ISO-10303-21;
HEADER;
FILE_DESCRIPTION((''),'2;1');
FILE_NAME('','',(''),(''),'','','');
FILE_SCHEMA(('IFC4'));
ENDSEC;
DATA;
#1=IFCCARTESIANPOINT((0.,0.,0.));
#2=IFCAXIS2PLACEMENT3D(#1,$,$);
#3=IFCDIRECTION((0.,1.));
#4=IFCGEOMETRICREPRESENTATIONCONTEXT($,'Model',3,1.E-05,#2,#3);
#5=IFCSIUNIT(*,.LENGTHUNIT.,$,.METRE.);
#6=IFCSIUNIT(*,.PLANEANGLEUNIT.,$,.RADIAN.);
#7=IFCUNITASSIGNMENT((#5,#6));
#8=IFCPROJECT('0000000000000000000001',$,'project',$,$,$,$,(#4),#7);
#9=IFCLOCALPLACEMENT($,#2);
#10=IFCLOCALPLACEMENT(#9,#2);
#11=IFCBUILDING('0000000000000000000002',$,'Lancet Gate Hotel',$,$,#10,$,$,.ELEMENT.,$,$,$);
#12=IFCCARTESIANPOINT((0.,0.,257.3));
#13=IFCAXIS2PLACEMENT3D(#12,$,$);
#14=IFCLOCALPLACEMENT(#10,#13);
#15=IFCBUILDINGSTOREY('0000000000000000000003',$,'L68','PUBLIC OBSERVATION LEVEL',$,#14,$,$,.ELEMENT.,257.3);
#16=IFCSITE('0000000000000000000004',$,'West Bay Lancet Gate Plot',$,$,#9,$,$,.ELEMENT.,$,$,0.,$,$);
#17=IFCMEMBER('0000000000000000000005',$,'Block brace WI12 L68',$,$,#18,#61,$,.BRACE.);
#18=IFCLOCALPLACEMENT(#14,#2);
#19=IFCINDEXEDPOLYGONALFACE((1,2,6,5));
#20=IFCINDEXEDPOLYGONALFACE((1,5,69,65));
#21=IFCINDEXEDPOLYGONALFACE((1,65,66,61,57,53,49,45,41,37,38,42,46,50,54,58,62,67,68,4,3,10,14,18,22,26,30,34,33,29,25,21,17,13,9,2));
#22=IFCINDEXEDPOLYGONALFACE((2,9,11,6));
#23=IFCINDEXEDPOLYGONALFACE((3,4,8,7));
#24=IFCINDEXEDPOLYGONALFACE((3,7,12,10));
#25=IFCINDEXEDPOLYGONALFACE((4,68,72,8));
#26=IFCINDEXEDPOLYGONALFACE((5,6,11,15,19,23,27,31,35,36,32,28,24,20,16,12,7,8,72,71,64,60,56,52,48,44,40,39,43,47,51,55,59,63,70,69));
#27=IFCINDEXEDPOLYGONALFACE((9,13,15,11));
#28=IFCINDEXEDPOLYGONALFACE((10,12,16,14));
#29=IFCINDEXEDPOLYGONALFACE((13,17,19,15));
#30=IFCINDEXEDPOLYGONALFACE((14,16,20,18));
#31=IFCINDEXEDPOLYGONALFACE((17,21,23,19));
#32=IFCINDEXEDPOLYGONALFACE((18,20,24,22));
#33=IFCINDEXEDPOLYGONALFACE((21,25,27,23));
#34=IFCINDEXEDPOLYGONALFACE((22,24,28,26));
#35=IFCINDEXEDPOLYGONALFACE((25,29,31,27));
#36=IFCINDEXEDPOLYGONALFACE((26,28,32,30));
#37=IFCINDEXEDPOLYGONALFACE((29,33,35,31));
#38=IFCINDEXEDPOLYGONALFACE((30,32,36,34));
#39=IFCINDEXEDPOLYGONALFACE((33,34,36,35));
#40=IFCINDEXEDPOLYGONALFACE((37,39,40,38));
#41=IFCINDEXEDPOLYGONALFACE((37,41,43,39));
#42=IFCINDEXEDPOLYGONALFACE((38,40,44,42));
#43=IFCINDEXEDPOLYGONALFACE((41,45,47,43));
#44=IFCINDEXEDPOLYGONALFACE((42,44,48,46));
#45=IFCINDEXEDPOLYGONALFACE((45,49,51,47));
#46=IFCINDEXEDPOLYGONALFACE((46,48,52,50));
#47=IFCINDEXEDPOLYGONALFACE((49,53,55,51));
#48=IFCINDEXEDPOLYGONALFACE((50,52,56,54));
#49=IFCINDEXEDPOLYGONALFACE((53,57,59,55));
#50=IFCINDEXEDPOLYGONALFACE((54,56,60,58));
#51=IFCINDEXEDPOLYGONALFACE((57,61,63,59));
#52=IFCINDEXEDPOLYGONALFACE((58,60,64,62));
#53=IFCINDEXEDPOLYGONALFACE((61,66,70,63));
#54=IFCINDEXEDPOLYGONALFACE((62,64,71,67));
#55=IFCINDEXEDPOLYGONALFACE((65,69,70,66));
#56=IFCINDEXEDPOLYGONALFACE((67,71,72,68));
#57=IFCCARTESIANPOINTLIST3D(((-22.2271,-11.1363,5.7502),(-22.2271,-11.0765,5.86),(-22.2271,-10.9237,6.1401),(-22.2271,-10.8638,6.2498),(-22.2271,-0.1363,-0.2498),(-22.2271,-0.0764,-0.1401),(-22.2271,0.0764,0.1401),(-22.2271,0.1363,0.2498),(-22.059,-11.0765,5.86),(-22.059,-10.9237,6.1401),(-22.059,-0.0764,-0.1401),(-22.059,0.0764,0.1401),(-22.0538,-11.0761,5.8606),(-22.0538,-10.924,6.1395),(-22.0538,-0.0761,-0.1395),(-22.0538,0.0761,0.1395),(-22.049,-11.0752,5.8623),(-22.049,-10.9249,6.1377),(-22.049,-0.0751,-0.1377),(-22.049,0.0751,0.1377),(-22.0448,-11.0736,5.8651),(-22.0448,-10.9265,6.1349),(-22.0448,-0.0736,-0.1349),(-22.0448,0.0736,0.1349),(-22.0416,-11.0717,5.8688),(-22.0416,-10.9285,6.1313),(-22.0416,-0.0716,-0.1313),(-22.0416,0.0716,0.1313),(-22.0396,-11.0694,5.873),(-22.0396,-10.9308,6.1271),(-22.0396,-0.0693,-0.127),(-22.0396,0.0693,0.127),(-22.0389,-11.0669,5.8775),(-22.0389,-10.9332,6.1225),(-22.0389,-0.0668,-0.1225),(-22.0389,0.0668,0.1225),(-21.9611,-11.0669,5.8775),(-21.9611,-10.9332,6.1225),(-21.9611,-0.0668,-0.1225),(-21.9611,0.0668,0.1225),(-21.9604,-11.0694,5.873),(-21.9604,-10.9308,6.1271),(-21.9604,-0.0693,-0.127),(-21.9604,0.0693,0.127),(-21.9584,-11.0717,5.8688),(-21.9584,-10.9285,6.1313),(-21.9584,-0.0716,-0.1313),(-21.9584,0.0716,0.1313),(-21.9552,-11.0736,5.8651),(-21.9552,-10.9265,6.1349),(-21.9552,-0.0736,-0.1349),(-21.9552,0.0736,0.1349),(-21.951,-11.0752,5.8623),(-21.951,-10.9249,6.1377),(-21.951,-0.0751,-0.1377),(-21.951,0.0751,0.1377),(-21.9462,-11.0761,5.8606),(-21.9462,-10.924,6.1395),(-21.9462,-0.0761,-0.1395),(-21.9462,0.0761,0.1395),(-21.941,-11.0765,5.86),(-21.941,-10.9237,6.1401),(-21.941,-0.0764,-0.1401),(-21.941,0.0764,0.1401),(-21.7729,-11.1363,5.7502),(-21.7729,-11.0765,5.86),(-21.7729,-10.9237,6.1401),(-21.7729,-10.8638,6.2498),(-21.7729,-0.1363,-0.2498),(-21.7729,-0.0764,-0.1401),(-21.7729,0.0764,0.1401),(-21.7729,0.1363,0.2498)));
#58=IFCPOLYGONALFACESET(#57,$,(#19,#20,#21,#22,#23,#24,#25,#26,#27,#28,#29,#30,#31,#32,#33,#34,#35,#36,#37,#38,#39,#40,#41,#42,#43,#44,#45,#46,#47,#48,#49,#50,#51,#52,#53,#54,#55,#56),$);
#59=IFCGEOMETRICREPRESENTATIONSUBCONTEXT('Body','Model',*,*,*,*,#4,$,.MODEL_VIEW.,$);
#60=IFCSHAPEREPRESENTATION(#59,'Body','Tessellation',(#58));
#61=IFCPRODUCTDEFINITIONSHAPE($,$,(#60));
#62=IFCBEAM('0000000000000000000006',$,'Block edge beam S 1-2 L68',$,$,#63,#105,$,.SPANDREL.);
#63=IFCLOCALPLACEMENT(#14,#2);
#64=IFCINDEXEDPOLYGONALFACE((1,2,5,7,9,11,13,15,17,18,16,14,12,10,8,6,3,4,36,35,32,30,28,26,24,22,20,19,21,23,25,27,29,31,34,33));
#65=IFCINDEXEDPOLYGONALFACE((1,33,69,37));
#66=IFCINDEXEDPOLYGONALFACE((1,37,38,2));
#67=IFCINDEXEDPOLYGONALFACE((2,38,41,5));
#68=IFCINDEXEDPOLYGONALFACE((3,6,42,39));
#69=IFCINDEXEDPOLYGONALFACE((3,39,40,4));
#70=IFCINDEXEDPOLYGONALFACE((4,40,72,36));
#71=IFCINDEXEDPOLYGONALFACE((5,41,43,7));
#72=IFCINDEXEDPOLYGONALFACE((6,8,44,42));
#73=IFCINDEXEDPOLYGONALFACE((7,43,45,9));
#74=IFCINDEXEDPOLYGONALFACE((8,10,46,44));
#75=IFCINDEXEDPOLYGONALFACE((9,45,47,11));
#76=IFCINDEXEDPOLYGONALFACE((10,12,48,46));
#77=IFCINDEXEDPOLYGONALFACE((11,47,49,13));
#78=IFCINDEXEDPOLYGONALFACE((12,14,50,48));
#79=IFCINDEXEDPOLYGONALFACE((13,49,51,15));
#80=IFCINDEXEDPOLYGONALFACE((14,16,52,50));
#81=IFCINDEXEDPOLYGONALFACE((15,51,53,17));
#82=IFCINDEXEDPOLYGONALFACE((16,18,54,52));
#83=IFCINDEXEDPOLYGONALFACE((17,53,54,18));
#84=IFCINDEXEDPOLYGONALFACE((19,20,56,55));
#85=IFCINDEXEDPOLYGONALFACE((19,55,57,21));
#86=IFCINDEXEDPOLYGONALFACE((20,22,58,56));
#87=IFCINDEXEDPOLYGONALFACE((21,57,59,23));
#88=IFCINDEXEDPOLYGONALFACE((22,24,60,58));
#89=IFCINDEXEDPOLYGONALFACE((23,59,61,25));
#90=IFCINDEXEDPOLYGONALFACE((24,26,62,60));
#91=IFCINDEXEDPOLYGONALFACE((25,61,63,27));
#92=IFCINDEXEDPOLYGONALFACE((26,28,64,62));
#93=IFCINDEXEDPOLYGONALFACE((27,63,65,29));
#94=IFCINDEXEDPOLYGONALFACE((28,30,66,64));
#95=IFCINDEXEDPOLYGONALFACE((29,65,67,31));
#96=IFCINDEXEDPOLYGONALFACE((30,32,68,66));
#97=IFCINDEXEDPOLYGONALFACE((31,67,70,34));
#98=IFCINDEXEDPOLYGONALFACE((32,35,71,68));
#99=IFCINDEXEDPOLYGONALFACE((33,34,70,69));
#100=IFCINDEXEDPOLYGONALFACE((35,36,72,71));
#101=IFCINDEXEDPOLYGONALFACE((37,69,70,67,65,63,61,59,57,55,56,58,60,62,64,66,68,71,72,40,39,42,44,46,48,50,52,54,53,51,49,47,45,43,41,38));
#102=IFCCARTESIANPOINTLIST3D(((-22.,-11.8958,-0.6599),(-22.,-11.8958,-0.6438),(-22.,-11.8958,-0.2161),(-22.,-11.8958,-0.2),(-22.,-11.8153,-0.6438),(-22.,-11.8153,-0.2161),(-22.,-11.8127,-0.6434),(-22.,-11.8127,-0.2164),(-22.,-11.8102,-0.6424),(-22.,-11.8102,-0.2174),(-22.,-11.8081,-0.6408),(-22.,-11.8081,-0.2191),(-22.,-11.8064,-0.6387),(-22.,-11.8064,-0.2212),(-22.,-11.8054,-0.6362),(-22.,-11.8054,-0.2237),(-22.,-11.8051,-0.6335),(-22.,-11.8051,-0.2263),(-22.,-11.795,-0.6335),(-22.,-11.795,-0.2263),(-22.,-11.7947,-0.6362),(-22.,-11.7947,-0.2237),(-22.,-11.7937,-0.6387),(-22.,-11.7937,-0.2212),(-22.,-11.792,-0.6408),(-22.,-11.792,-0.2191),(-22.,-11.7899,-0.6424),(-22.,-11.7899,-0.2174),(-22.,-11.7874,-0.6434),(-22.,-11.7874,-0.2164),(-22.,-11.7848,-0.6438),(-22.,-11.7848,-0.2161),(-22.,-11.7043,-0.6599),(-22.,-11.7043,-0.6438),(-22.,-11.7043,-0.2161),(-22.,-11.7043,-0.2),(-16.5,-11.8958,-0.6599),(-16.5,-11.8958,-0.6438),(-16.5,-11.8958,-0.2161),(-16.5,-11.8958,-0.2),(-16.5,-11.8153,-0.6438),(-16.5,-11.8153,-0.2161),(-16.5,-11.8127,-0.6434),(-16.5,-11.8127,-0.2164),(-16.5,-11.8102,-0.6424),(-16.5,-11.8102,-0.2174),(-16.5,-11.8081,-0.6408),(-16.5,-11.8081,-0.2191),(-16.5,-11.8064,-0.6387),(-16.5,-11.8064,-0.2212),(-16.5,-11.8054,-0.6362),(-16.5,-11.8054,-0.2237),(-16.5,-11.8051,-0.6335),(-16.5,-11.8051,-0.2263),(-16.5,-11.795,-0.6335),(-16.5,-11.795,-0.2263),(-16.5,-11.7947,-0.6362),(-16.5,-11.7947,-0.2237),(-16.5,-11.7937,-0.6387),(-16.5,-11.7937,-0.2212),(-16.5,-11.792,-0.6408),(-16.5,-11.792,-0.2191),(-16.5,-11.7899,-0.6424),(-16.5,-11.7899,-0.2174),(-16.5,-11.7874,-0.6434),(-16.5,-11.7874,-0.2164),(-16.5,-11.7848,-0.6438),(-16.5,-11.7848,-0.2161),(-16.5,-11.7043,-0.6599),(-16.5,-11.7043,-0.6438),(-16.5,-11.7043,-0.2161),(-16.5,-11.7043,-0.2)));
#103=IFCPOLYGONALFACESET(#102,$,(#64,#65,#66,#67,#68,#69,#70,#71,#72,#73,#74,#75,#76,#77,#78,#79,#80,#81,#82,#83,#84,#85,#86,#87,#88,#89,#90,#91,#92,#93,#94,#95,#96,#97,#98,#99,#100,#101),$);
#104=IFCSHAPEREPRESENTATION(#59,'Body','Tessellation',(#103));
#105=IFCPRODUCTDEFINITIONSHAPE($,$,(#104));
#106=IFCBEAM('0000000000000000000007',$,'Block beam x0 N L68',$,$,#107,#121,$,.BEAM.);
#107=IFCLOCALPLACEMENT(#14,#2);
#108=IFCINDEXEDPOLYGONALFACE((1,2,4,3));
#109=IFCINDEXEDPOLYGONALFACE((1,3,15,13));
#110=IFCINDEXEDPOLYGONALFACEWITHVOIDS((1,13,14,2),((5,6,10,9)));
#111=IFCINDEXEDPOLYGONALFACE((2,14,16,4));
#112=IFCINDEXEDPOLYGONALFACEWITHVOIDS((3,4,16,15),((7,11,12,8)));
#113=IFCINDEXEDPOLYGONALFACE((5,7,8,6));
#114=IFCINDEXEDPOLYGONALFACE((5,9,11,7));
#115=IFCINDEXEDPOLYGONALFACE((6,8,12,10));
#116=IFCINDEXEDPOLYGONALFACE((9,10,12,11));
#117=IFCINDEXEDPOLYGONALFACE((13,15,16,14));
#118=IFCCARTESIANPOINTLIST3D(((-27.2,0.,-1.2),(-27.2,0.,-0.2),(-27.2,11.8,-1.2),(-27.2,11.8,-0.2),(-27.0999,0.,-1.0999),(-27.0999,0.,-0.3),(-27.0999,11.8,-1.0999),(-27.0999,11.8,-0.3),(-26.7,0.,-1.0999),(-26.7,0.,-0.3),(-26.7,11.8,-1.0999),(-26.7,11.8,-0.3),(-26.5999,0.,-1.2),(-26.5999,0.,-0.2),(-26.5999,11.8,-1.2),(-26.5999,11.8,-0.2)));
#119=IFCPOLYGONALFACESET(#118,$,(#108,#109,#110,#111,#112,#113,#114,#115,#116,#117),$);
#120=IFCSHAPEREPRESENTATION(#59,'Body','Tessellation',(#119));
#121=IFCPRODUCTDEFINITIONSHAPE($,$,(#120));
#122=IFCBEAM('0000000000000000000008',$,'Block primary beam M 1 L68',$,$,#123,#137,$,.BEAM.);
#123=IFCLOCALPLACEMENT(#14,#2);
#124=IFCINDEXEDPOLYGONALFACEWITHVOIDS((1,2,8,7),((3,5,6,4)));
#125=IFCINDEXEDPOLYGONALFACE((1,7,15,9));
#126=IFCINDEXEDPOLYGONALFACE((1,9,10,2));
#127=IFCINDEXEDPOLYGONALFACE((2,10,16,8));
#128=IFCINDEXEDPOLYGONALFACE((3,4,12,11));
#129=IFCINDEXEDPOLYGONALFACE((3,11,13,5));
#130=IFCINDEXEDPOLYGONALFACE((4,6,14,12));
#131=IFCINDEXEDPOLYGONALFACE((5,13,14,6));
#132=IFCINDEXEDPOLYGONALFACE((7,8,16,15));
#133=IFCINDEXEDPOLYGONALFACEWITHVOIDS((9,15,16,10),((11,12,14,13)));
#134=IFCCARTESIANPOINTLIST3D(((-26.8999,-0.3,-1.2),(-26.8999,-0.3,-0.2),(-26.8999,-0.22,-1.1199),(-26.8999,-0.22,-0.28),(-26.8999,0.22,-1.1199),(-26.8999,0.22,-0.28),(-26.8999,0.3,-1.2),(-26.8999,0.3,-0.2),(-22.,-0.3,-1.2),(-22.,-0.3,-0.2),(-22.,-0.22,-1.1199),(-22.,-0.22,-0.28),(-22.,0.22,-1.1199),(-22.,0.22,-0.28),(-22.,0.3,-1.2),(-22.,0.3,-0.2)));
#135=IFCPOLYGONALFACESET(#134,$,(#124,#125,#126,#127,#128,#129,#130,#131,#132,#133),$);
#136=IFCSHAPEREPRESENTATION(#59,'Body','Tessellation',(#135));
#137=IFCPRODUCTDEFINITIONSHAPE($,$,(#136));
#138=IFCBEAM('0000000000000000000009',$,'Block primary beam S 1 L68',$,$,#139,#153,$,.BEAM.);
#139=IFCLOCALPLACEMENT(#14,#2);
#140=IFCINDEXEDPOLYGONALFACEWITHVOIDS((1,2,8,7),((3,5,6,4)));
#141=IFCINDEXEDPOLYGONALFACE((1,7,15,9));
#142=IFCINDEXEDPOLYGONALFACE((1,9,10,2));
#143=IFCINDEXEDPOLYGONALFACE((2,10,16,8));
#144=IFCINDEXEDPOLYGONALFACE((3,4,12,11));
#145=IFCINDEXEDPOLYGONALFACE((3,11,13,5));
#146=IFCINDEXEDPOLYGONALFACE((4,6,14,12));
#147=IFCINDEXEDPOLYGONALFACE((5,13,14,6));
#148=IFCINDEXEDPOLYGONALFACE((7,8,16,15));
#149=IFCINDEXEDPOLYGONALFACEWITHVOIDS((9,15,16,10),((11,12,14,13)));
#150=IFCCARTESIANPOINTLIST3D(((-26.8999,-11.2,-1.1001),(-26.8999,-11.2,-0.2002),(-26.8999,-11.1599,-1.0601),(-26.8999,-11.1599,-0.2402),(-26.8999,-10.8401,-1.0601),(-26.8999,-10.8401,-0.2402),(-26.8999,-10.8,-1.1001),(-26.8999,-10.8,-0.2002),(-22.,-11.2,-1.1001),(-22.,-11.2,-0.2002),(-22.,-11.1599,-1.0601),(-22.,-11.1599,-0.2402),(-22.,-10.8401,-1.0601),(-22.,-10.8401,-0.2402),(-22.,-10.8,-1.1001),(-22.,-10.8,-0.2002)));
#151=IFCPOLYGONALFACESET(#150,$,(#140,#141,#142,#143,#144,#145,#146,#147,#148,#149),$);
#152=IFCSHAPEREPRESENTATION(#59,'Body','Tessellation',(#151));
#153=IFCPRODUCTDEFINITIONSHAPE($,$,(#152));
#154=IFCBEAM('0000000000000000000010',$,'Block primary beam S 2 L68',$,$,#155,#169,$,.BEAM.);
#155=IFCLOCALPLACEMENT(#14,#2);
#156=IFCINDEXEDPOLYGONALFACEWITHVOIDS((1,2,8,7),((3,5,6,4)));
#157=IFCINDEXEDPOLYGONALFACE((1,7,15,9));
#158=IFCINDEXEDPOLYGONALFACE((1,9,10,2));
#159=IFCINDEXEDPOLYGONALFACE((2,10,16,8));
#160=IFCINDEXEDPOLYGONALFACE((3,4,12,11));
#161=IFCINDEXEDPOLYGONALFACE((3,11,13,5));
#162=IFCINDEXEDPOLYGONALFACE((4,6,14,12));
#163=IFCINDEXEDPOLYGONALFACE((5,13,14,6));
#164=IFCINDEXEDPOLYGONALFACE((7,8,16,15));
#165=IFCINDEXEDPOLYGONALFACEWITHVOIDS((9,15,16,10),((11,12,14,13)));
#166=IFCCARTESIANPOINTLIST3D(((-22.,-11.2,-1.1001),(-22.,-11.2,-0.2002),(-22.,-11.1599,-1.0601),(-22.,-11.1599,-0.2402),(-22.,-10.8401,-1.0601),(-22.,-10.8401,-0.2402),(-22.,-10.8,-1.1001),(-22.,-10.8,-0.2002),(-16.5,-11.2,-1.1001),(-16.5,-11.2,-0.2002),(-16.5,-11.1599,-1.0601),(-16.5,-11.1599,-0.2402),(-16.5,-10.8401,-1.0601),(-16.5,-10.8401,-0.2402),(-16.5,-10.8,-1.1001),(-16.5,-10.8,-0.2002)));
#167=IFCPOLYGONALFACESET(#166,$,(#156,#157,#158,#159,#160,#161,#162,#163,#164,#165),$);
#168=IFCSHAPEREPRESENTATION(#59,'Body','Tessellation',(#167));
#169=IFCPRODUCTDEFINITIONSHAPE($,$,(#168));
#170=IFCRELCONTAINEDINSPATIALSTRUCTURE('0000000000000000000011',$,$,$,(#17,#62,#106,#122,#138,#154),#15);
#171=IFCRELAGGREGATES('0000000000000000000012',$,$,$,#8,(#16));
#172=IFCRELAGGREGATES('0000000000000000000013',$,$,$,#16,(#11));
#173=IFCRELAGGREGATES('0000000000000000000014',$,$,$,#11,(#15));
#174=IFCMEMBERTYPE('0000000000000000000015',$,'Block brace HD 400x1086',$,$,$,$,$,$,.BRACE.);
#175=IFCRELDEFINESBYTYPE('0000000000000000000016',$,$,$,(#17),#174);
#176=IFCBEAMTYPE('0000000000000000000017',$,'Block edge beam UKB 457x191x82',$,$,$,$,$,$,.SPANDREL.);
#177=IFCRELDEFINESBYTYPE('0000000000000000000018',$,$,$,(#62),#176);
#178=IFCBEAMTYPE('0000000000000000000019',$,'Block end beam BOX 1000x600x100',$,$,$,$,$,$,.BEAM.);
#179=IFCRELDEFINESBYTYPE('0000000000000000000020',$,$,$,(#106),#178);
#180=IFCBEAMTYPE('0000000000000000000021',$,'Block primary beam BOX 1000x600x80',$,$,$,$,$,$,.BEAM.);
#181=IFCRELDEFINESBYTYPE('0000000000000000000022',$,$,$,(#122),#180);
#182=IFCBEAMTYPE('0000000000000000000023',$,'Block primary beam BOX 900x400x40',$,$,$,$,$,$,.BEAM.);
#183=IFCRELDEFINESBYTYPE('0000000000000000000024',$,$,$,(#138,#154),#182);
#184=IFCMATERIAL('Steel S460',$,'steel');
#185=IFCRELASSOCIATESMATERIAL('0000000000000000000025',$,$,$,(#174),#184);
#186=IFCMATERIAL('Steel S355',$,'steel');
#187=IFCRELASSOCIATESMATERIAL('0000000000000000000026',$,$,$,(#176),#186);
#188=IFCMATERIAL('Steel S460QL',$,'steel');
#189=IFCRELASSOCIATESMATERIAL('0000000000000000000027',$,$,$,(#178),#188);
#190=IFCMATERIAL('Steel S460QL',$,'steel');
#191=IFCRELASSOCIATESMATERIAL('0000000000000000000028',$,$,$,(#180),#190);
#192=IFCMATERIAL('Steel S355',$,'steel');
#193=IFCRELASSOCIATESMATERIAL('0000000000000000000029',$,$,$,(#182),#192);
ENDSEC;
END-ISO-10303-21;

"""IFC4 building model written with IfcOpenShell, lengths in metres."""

from ifc_helpers import new_model, si_unit, direction, frame, origin, origin_2d, place, context, subcontext, project, spatial, hollow_rectangle, i_section, extrude, material, material_profile, profile_set, type_object, element, save


model = new_model("IFC4")

# Units and contexts
model_context = context("Model", 3, precision=1e-05, world=origin(), true_north=direction((0.0, 1.0)))
body_context = subcontext(model_context, "Body", "Model", "MODEL_VIEW")
ifc_project = project(units=[si_unit("LENGTHUNIT", "METRE"), si_unit("PLANEANGLEUNIT", "RADIAN")], contexts=[model_context])

# Site, building, storey
site_placement = place(None, origin())
site = spatial("IfcSite", under=ifc_project, at=site_placement, Name="West Bay Lancet Gate Plot", CompositionType="ELEMENT", RefElevation=0.0)
building_placement = place(site_placement, origin())
building = spatial("IfcBuilding", under=site, at=building_placement, Name="Lancet Gate Hotel", CompositionType="ELEMENT")
storey_placement = place(building_placement, frame((0.0, 0.0, 257.3)))
storey = spatial("IfcBuildingStorey", under=building, at=storey_placement, Name="L68", Description="PUBLIC OBSERVATION LEVEL", CompositionType="ELEMENT", Elevation=257.3)

# Member
ifc_material_1 = material(Name="Steel S460", Category="steel")
ifc_material_profile_1 = material_profile(ifc_material_1, i_section(OverallWidth=0.4541, OverallDepth=0.5691, WebThickness=0.0779, FlangeThickness=0.125, FilletRadius=0.02, at=origin_2d()), Name="HD 400x1086")
ifc_profile_set_1 = profile_set([ifc_material_profile_1], Name="Steel S460")
member_type = type_object("IfcMemberType", Name="Block brace HD 400x1086", PredefinedType="BRACE", material=ifc_profile_set_1)
member_1_placement = place(storey_placement, frame((-22.0, 0.0, 0.0), z_axis=(0.0, -0.877896, 0.478852), x_axis=(1.0, 0.0, 0.0)))
element("IfcMember", 1, at=member_1_placement, inside=storey, type_object=member_type, Name="Block brace WI12 L68", PredefinedType="BRACE", context=body_context, shape_type="SweptSolid", body=[
    extrude(i_section(OverallWidth=0.4541, OverallDepth=0.5691, WebThickness=0.0779, FlangeThickness=0.125, FilletRadius=0.02, at=origin_2d()), origin(), (0.0, 0.0, 1.0), 12.53),
])

# Beams
ifc_material_2 = material(Name="Steel S355", Category="steel")
ifc_material_profile_2 = material_profile(ifc_material_2, i_section(OverallWidth=0.1914, OverallDepth=0.46, WebThickness=0.01, FlangeThickness=0.0161, FilletRadius=0.0103, at=origin_2d()), Name="UKB 457x191x82")
ifc_profile_set_2 = profile_set([ifc_material_profile_2], Name="Steel S355")
beam_type_1 = type_object("IfcBeamType", Name="Block edge beam UKB 457x191x82", PredefinedType="SPANDREL", material=ifc_profile_set_2)
beam_1_placement = place(storey_placement, frame((-22.0, -11.8, -0.4299), z_axis=(1.0, 0.0, 0.0), x_axis=(0.0, 1.0, 0.0)))
element("IfcBeam", 2, at=beam_1_placement, inside=storey, type_object=beam_type_1, Name="Block edge beam S 1-2 L68", PredefinedType="SPANDREL", context=body_context, shape_type="SweptSolid", body=[
    extrude(i_section(OverallWidth=0.1914, OverallDepth=0.46, WebThickness=0.01, FlangeThickness=0.0161, FilletRadius=0.0103, at=origin_2d()), origin(), (0.0, 0.0, 1.0), 5.5),
])
ifc_material_3 = material(Name="Steel S460QL", Category="steel")
ifc_material_profile_3 = material_profile(ifc_material_3, hollow_rectangle(XDim=0.6001, YDim=1.0, WallThickness=0.1001, at=origin_2d()), Name="BOX 1000x600x100")
ifc_profile_set_3 = profile_set([ifc_material_profile_3], Name="Steel S460QL")
beam_type_2 = type_object("IfcBeamType", Name="Block end beam BOX 1000x600x100", PredefinedType="BEAM", material=ifc_profile_set_3)
beam_2_placement = place(storey_placement, frame((-26.8999, 0.0, -0.7), z_axis=(0.0, 1.0, 0.0), x_axis=(-1.0, 0.0, 0.0)))
element("IfcBeam", 3, at=beam_2_placement, inside=storey, type_object=beam_type_2, Name="Block beam x0 N L68", PredefinedType="BEAM", context=body_context, shape_type="SweptSolid", body=[
    extrude(hollow_rectangle(XDim=0.6001, YDim=1.0, WallThickness=0.1001, at=origin_2d()), origin(), (0.0, 0.0, 1.0), 11.8),
])
ifc_material_4 = material(Name="Steel S460QL", Category="steel")
ifc_material_profile_4 = material_profile(ifc_material_4, hollow_rectangle(XDim=0.6001, YDim=1.0, WallThickness=0.0801, at=origin_2d()), Name="BOX 1000x600x80")
ifc_profile_set_4 = profile_set([ifc_material_profile_4], Name="Steel S460QL")
beam_type_3 = type_object("IfcBeamType", Name="Block primary beam BOX 1000x600x80", PredefinedType="BEAM", material=ifc_profile_set_4)
beam_3_placement = place(storey_placement, frame((-26.8999, 0.0, -0.7), z_axis=(1.0, 0.0, 0.0), x_axis=(0.0, 1.0, 0.0)))
element("IfcBeam", 4, at=beam_3_placement, inside=storey, type_object=beam_type_3, Name="Block primary beam M 1 L68", PredefinedType="BEAM", context=body_context, shape_type="SweptSolid", body=[
    extrude(hollow_rectangle(XDim=0.6001, YDim=1.0, WallThickness=0.0801, at=origin_2d()), origin(), (0.0, 0.0, 1.0), 4.8999),
])
ifc_material_5 = material(Name="Steel S355", Category="steel")
ifc_material_profile_5 = material_profile(ifc_material_5, hollow_rectangle(XDim=0.3999, YDim=0.8999, WallThickness=0.04, at=origin_2d()), Name="BOX 900x400x40")
ifc_profile_set_5 = profile_set([ifc_material_profile_5], Name="Steel S355")
beam_type_4 = type_object("IfcBeamType", Name="Block primary beam BOX 900x400x40", PredefinedType="BEAM", material=ifc_profile_set_5)
beam_4_placement = place(storey_placement, frame((-26.8999, -11.0, -0.6501), z_axis=(1.0, 0.0, 0.0), x_axis=(0.0, 1.0, 0.0)))
element("IfcBeam", 5, at=beam_4_placement, inside=storey, type_object=beam_type_4, Name="Block primary beam S 1 L68", PredefinedType="BEAM", context=body_context, shape_type="SweptSolid", body=[
    extrude(hollow_rectangle(XDim=0.3999, YDim=0.8999, WallThickness=0.04, at=origin_2d()), origin(), (0.0, 0.0, 1.0), 4.8999),
])
beam_5_placement = place(storey_placement, frame((-22.0, -11.0, -0.6501), z_axis=(1.0, 0.0, 0.0), x_axis=(0.0, 1.0, 0.0)))
element("IfcBeam", 6, at=beam_5_placement, inside=storey, type_object=beam_type_4, Name="Block primary beam S 2 L68", PredefinedType="BEAM", context=body_context, shape_type="SweptSolid", body=[
    extrude(hollow_rectangle(XDim=0.3999, YDim=0.8999, WallThickness=0.04, at=origin_2d()), origin(), (0.0, 0.0, 1.0), 5.5),
])

save(model, "model.ifc")
